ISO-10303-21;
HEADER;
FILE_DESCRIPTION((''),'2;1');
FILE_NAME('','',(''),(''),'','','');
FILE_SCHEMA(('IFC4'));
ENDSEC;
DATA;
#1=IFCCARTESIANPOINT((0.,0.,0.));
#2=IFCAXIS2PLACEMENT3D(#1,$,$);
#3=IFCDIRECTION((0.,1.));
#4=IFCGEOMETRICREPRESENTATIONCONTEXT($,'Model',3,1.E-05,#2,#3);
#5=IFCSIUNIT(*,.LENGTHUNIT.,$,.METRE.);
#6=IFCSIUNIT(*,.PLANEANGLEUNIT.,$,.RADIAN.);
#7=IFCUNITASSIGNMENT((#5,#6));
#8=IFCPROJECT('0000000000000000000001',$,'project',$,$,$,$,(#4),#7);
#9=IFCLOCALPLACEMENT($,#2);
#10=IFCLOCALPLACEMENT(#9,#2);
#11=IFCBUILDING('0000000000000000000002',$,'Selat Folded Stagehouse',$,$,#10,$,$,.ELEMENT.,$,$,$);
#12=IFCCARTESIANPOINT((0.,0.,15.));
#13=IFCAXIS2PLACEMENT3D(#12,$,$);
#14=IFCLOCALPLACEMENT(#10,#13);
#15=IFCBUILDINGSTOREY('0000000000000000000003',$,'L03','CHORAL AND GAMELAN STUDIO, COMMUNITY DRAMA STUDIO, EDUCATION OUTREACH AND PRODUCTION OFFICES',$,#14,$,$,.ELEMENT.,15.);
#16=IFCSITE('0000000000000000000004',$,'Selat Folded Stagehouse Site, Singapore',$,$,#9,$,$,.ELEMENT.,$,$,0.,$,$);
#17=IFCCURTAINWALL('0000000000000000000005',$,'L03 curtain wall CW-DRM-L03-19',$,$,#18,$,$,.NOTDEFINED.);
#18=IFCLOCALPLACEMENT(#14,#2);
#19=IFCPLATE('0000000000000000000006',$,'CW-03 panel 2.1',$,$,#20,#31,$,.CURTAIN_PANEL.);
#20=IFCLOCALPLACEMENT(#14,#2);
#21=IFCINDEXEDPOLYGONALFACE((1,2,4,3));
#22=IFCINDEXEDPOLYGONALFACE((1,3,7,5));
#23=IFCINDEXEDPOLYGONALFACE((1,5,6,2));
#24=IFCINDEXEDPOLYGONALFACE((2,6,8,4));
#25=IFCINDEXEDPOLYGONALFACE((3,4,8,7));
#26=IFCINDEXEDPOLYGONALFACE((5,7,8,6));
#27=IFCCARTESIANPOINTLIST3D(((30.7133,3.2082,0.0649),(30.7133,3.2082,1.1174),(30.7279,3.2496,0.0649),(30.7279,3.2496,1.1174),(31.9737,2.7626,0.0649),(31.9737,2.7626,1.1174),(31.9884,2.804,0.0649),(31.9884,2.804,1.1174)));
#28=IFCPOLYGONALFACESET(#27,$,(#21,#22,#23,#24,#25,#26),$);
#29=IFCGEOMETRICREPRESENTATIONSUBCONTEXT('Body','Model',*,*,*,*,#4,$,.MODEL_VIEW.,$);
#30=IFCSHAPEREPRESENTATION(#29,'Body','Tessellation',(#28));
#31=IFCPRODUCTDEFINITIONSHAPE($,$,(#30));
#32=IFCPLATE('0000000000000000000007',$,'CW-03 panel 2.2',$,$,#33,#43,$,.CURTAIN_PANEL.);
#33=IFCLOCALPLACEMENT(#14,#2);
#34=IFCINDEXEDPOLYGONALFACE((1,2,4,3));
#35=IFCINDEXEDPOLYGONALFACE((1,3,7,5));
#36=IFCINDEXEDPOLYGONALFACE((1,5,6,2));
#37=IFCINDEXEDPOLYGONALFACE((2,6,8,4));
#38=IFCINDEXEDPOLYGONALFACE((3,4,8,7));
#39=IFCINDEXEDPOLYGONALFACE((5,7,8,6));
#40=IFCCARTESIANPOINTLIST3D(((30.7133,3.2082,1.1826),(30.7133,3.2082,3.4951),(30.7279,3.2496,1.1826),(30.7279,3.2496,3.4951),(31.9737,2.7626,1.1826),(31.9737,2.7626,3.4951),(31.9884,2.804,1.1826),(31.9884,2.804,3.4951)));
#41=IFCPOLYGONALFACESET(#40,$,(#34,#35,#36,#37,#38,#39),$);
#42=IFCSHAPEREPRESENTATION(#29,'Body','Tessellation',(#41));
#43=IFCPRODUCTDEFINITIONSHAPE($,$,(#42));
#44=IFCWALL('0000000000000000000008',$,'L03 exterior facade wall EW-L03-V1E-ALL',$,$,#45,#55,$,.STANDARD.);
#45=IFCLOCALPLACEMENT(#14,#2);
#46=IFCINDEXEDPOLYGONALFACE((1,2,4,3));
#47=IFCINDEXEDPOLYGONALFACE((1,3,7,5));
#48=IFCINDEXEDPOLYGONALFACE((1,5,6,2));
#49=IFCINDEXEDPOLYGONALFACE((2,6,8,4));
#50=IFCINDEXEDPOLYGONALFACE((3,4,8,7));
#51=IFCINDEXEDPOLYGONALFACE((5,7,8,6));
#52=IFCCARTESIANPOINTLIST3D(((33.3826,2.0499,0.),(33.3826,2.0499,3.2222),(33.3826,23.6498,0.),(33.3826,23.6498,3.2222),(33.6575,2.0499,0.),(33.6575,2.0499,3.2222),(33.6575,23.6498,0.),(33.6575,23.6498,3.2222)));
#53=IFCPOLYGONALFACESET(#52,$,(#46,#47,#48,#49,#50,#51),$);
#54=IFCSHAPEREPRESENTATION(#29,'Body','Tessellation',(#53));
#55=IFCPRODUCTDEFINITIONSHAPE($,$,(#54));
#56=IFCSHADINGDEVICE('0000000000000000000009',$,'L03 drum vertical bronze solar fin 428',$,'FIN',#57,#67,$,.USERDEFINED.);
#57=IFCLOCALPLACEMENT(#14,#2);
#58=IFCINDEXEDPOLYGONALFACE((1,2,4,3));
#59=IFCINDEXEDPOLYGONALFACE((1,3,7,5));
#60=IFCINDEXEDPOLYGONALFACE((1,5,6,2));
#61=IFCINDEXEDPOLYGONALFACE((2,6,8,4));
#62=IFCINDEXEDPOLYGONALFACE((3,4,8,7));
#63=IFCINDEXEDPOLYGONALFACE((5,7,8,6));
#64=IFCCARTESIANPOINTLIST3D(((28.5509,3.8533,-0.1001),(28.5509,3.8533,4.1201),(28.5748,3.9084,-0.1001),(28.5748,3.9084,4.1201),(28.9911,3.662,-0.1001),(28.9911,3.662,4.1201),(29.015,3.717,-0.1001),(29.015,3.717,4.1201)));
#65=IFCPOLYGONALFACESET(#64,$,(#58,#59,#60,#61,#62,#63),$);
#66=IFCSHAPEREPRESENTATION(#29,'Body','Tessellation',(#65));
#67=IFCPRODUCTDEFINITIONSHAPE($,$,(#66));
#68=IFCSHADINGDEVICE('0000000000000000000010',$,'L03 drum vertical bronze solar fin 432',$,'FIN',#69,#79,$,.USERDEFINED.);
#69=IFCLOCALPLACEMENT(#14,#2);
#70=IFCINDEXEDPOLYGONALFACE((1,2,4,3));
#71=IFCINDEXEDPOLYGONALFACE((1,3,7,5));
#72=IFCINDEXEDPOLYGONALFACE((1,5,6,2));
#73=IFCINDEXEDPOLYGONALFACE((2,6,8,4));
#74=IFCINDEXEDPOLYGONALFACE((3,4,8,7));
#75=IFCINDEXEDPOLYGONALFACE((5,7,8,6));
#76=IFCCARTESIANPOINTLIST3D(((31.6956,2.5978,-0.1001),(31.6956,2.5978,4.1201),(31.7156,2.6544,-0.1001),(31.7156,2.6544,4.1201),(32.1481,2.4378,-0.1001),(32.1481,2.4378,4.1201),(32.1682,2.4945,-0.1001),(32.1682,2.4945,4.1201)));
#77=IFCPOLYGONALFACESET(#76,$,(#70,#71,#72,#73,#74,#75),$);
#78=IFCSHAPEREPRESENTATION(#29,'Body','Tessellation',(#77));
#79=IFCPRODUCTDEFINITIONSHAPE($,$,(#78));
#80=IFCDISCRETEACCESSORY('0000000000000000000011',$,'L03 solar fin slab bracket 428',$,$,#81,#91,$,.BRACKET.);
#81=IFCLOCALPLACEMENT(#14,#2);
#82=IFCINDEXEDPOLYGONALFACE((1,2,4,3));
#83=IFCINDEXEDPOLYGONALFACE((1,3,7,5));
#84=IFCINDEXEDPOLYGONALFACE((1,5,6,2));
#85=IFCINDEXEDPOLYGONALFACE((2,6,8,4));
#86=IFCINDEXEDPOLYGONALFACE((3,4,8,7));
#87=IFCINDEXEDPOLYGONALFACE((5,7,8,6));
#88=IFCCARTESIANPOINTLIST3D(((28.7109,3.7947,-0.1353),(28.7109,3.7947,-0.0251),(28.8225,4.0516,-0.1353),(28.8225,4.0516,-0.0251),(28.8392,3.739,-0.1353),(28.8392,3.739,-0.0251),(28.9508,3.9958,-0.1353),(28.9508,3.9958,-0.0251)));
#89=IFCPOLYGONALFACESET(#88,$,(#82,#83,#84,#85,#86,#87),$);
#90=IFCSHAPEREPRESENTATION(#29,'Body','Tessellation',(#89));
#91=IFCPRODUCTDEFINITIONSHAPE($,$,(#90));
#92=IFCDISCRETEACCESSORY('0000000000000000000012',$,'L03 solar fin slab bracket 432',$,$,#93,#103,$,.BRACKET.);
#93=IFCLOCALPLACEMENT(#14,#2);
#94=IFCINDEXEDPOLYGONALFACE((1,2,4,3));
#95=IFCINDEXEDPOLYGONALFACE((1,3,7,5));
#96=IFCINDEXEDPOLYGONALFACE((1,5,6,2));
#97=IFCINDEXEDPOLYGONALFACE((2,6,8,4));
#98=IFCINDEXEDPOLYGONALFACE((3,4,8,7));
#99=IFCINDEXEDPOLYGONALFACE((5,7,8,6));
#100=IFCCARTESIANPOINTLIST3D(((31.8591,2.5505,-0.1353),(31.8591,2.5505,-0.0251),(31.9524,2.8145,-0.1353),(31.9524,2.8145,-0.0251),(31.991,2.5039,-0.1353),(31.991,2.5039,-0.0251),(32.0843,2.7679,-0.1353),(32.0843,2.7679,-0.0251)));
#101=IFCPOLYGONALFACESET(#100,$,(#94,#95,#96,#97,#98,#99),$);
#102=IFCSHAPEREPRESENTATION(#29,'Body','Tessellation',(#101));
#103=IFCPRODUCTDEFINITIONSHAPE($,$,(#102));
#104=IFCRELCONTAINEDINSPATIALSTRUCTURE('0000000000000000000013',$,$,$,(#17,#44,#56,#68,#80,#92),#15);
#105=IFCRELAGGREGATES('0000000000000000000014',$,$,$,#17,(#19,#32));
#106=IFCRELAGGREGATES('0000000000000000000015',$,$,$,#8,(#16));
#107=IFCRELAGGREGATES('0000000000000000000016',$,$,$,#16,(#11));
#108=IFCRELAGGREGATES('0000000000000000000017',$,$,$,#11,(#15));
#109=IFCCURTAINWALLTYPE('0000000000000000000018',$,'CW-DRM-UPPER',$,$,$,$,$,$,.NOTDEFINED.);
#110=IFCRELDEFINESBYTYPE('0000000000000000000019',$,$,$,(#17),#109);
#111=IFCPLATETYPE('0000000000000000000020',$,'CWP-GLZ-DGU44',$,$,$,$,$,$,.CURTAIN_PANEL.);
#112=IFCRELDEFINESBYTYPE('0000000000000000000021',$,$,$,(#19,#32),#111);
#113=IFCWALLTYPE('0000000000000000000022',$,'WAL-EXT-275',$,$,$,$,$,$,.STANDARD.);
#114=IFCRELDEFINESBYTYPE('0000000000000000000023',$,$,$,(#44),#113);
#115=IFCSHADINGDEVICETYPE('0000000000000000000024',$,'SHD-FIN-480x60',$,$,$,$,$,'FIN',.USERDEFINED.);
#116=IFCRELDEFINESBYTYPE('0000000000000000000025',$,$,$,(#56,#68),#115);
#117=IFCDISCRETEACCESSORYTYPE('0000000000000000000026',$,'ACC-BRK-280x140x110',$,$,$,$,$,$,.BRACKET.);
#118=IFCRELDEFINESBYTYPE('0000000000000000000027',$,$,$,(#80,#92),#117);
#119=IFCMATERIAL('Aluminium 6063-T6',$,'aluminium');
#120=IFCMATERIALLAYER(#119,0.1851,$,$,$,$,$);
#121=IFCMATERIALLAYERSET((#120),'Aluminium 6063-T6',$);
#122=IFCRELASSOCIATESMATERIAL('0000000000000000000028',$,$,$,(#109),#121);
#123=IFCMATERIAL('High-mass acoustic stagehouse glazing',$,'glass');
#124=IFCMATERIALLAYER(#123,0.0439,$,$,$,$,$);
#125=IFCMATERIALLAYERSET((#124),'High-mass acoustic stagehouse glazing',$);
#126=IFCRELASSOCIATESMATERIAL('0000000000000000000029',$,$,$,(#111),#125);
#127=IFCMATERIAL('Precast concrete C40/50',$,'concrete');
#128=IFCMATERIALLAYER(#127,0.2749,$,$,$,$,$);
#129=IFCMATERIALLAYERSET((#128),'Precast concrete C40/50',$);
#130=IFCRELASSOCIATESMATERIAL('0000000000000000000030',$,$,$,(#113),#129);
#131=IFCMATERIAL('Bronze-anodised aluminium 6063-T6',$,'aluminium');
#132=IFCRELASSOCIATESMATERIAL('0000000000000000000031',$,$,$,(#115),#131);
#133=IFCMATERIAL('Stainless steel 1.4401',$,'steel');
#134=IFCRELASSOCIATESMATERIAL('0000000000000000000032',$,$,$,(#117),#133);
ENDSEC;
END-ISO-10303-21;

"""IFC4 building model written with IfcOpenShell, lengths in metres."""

from ifc_helpers import new_model, si_unit, direction, frame, frame_2d, origin, origin_2d, place, context, subcontext, project, spatial, rectangle, extrude, material, layer, layer_set, material_profile, profile_set, type_object, element, aggregate, save


model = new_model("IFC4")

# Units and contexts
model_context = context("Model", 3, precision=1e-05, world=origin(), true_north=direction((0.0, 1.0)))
body_context = subcontext(model_context, "Body", "Model", "MODEL_VIEW")
ifc_project = project(units=[si_unit("LENGTHUNIT", "METRE"), si_unit("PLANEANGLEUNIT", "RADIAN")], contexts=[model_context])

# Site, building, storey
site_placement = place(None, origin())
site = spatial("IfcSite", under=ifc_project, at=site_placement, Name="Selat Folded Stagehouse Site, Singapore", CompositionType="ELEMENT", RefElevation=0.0)
building_placement = place(site_placement, origin())
building = spatial("IfcBuilding", under=site, at=building_placement, Name="Selat Folded Stagehouse", CompositionType="ELEMENT")
storey_placement = place(building_placement, frame((0.0, 0.0, 15.0)))
storey = spatial("IfcBuildingStorey", under=building, at=storey_placement, Name="L03", Description="CHORAL AND GAMELAN STUDIO, COMMUNITY DRAMA STUDIO, EDUCATION OUTREACH AND PRODUCTION OFFICES", CompositionType="ELEMENT", Elevation=15.0)

# Curtain wall
ifc_material_1 = material(Name="Aluminium 6063-T6", Category="aluminium")
ifc_layer_1 = layer(ifc_material_1, 0.1851)
ifc_layer_set_1 = layer_set([ifc_layer_1], Name="Aluminium 6063-T6")
curtain_wall_type = type_object("IfcCurtainWallType", Name="CW-DRM-UPPER", PredefinedType="NOTDEFINED", material=ifc_layer_set_1)
curtain_wall_1_placement = place(storey_placement, origin())
curtain_wall_1 = element("IfcCurtainWall", 1, at=curtain_wall_1_placement, inside=storey, type_object=curtain_wall_type, Name="L03 curtain wall CW-DRM-L03-19", PredefinedType="NOTDEFINED")

# Plates
ifc_material_2 = material(Name="High-mass acoustic stagehouse glazing", Category="glass")
ifc_layer_2 = layer(ifc_material_2, 0.0439)
ifc_layer_set_2 = layer_set([ifc_layer_2], Name="High-mass acoustic stagehouse glazing")
plate_type = type_object("IfcPlateType", Name="CWP-GLZ-DGU44", PredefinedType="CURTAIN_PANEL", material=ifc_layer_set_2)
plate_1_placement = place(storey_placement, frame((31.3508, 3.0061, 0.0649), z_axis=(0.0, 0.0, 1.0), x_axis=(-0.942816, 0.333314, 0.0)))
plate_1 = element("IfcPlate", 2, at=plate_1_placement, type_object=plate_type, Name="CW-03 panel 2.1", PredefinedType="CURTAIN_PANEL", context=body_context, shape_type="SweptSolid", body=[
    extrude(rectangle(XDim=1.3369, YDim=0.0439, at=origin_2d()), origin(), (0.0, 0.0, 1.0), 1.0525),
])
plate_2_placement = place(storey_placement, frame((31.3508, 3.0061, 1.1826), z_axis=(0.0, 0.0, 1.0), x_axis=(-0.942816, 0.333314, 0.0)))
plate_2 = element("IfcPlate", 3, at=plate_2_placement, type_object=plate_type, Name="CW-03 panel 2.2", PredefinedType="CURTAIN_PANEL", context=body_context, shape_type="SweptSolid", body=[
    extrude(rectangle(XDim=1.3369, YDim=0.0439, at=origin_2d()), origin(), (0.0, 0.0, 1.0), 2.3125),
])
aggregate(curtain_wall_1, [plate_1, plate_2])

# Wall
ifc_material_3 = material(Name="Precast concrete C40/50", Category="concrete")
ifc_layer_3 = layer(ifc_material_3, 0.2749)
ifc_layer_set_3 = layer_set([ifc_layer_3], Name="Precast concrete C40/50")
wall_type = type_object("IfcWallType", Name="WAL-EXT-275", PredefinedType="STANDARD", material=ifc_layer_set_3)
wall_placement = place(storey_placement, frame((33.52, 2.05, 0.0), z_axis=(0.0, 0.0, 1.0), x_axis=(0.0, 1.0, 0.0)))
element("IfcWall", 4, at=wall_placement, inside=storey, type_object=wall_type, Name="L03 exterior facade wall EW-L03-V1E-ALL", PredefinedType="STANDARD", context=body_context, shape_type="SweptSolid", body=[
    extrude(rectangle(XDim=21.5999, YDim=0.2749, at=frame_2d((10.7998, 0.0))), origin(), (0.0, 0.0, 1.0), 3.2222),
])

# Shading devices
ifc_material_4 = material(Name="Bronze-anodised aluminium 6063-T6", Category="aluminium")
ifc_material_profile_1 = material_profile(ifc_material_4, rectangle(XDim=0.0601, YDim=0.48, at=origin_2d()), Name="SOLAR-FIN 480x60")
ifc_profile_set_1 = profile_set([ifc_material_profile_1], Name="Bronze-anodised aluminium 6063-T6")
shading_device_type = type_object("IfcShadingDeviceType", Name="SHD-FIN-480x60", ElementType="FIN", PredefinedType="USERDEFINED", material=ifc_profile_set_1)
for number, where, z_axis, x_axis, name in (
    (5, (28.783, 3.7852, -0.1001), (0.0, 0.0, 1.0), (-0.398589, -0.91713, 0.0), "L03 drum vertical bronze solar fin 428"),
    (6, (31.9319, 2.5461, -0.1001), (0.0, 0.0, 1.0), (-0.333313, -0.942816, 0.0), "L03 drum vertical bronze solar fin 432"),
):
    element("IfcShadingDevice", number, at=place(storey_placement, frame(where, z_axis=z_axis, x_axis=x_axis)), inside=storey, type_object=shading_device_type, Name=name, ObjectType="FIN", PredefinedType="USERDEFINED", context=body_context, shape_type="SweptSolid", body=[
        extrude(rectangle(XDim=0.0601, YDim=0.48, at=origin_2d()), origin(), (0.0, 0.0, 1.0), 4.2202),
    ])

# Discrete accessories
ifc_material_5 = material(Name="Stainless steel 1.4401", Category="steel")
discrete_accessory_type = type_object("IfcDiscreteAccessoryType", Name="ACC-BRK-280x140x110", PredefinedType="BRACKET", material=ifc_material_5)
for number, where, z_axis, x_axis, name in (
    (7, (28.8308, 3.8953, -0.1353), (0.0, 0.0, 1.0), (-0.398589, -0.91713, 0.0), "L03 solar fin slab bracket 428"),
    (8, (31.9717, 2.6592, -0.1353), (0.0, 0.0, 1.0), (-0.333313, -0.942816, 0.0), "L03 solar fin slab bracket 432"),
):
    element("IfcDiscreteAccessory", number, at=place(storey_placement, frame(where, z_axis=z_axis, x_axis=x_axis)), inside=storey, type_object=discrete_accessory_type, Name=name, PredefinedType="BRACKET", context=body_context, shape_type="SweptSolid", body=[
        extrude(rectangle(XDim=0.28, YDim=0.1399, at=origin_2d()), origin(), (0.0, 0.0, 1.0), 0.1101),
    ])

save(model, "model.ifc")
